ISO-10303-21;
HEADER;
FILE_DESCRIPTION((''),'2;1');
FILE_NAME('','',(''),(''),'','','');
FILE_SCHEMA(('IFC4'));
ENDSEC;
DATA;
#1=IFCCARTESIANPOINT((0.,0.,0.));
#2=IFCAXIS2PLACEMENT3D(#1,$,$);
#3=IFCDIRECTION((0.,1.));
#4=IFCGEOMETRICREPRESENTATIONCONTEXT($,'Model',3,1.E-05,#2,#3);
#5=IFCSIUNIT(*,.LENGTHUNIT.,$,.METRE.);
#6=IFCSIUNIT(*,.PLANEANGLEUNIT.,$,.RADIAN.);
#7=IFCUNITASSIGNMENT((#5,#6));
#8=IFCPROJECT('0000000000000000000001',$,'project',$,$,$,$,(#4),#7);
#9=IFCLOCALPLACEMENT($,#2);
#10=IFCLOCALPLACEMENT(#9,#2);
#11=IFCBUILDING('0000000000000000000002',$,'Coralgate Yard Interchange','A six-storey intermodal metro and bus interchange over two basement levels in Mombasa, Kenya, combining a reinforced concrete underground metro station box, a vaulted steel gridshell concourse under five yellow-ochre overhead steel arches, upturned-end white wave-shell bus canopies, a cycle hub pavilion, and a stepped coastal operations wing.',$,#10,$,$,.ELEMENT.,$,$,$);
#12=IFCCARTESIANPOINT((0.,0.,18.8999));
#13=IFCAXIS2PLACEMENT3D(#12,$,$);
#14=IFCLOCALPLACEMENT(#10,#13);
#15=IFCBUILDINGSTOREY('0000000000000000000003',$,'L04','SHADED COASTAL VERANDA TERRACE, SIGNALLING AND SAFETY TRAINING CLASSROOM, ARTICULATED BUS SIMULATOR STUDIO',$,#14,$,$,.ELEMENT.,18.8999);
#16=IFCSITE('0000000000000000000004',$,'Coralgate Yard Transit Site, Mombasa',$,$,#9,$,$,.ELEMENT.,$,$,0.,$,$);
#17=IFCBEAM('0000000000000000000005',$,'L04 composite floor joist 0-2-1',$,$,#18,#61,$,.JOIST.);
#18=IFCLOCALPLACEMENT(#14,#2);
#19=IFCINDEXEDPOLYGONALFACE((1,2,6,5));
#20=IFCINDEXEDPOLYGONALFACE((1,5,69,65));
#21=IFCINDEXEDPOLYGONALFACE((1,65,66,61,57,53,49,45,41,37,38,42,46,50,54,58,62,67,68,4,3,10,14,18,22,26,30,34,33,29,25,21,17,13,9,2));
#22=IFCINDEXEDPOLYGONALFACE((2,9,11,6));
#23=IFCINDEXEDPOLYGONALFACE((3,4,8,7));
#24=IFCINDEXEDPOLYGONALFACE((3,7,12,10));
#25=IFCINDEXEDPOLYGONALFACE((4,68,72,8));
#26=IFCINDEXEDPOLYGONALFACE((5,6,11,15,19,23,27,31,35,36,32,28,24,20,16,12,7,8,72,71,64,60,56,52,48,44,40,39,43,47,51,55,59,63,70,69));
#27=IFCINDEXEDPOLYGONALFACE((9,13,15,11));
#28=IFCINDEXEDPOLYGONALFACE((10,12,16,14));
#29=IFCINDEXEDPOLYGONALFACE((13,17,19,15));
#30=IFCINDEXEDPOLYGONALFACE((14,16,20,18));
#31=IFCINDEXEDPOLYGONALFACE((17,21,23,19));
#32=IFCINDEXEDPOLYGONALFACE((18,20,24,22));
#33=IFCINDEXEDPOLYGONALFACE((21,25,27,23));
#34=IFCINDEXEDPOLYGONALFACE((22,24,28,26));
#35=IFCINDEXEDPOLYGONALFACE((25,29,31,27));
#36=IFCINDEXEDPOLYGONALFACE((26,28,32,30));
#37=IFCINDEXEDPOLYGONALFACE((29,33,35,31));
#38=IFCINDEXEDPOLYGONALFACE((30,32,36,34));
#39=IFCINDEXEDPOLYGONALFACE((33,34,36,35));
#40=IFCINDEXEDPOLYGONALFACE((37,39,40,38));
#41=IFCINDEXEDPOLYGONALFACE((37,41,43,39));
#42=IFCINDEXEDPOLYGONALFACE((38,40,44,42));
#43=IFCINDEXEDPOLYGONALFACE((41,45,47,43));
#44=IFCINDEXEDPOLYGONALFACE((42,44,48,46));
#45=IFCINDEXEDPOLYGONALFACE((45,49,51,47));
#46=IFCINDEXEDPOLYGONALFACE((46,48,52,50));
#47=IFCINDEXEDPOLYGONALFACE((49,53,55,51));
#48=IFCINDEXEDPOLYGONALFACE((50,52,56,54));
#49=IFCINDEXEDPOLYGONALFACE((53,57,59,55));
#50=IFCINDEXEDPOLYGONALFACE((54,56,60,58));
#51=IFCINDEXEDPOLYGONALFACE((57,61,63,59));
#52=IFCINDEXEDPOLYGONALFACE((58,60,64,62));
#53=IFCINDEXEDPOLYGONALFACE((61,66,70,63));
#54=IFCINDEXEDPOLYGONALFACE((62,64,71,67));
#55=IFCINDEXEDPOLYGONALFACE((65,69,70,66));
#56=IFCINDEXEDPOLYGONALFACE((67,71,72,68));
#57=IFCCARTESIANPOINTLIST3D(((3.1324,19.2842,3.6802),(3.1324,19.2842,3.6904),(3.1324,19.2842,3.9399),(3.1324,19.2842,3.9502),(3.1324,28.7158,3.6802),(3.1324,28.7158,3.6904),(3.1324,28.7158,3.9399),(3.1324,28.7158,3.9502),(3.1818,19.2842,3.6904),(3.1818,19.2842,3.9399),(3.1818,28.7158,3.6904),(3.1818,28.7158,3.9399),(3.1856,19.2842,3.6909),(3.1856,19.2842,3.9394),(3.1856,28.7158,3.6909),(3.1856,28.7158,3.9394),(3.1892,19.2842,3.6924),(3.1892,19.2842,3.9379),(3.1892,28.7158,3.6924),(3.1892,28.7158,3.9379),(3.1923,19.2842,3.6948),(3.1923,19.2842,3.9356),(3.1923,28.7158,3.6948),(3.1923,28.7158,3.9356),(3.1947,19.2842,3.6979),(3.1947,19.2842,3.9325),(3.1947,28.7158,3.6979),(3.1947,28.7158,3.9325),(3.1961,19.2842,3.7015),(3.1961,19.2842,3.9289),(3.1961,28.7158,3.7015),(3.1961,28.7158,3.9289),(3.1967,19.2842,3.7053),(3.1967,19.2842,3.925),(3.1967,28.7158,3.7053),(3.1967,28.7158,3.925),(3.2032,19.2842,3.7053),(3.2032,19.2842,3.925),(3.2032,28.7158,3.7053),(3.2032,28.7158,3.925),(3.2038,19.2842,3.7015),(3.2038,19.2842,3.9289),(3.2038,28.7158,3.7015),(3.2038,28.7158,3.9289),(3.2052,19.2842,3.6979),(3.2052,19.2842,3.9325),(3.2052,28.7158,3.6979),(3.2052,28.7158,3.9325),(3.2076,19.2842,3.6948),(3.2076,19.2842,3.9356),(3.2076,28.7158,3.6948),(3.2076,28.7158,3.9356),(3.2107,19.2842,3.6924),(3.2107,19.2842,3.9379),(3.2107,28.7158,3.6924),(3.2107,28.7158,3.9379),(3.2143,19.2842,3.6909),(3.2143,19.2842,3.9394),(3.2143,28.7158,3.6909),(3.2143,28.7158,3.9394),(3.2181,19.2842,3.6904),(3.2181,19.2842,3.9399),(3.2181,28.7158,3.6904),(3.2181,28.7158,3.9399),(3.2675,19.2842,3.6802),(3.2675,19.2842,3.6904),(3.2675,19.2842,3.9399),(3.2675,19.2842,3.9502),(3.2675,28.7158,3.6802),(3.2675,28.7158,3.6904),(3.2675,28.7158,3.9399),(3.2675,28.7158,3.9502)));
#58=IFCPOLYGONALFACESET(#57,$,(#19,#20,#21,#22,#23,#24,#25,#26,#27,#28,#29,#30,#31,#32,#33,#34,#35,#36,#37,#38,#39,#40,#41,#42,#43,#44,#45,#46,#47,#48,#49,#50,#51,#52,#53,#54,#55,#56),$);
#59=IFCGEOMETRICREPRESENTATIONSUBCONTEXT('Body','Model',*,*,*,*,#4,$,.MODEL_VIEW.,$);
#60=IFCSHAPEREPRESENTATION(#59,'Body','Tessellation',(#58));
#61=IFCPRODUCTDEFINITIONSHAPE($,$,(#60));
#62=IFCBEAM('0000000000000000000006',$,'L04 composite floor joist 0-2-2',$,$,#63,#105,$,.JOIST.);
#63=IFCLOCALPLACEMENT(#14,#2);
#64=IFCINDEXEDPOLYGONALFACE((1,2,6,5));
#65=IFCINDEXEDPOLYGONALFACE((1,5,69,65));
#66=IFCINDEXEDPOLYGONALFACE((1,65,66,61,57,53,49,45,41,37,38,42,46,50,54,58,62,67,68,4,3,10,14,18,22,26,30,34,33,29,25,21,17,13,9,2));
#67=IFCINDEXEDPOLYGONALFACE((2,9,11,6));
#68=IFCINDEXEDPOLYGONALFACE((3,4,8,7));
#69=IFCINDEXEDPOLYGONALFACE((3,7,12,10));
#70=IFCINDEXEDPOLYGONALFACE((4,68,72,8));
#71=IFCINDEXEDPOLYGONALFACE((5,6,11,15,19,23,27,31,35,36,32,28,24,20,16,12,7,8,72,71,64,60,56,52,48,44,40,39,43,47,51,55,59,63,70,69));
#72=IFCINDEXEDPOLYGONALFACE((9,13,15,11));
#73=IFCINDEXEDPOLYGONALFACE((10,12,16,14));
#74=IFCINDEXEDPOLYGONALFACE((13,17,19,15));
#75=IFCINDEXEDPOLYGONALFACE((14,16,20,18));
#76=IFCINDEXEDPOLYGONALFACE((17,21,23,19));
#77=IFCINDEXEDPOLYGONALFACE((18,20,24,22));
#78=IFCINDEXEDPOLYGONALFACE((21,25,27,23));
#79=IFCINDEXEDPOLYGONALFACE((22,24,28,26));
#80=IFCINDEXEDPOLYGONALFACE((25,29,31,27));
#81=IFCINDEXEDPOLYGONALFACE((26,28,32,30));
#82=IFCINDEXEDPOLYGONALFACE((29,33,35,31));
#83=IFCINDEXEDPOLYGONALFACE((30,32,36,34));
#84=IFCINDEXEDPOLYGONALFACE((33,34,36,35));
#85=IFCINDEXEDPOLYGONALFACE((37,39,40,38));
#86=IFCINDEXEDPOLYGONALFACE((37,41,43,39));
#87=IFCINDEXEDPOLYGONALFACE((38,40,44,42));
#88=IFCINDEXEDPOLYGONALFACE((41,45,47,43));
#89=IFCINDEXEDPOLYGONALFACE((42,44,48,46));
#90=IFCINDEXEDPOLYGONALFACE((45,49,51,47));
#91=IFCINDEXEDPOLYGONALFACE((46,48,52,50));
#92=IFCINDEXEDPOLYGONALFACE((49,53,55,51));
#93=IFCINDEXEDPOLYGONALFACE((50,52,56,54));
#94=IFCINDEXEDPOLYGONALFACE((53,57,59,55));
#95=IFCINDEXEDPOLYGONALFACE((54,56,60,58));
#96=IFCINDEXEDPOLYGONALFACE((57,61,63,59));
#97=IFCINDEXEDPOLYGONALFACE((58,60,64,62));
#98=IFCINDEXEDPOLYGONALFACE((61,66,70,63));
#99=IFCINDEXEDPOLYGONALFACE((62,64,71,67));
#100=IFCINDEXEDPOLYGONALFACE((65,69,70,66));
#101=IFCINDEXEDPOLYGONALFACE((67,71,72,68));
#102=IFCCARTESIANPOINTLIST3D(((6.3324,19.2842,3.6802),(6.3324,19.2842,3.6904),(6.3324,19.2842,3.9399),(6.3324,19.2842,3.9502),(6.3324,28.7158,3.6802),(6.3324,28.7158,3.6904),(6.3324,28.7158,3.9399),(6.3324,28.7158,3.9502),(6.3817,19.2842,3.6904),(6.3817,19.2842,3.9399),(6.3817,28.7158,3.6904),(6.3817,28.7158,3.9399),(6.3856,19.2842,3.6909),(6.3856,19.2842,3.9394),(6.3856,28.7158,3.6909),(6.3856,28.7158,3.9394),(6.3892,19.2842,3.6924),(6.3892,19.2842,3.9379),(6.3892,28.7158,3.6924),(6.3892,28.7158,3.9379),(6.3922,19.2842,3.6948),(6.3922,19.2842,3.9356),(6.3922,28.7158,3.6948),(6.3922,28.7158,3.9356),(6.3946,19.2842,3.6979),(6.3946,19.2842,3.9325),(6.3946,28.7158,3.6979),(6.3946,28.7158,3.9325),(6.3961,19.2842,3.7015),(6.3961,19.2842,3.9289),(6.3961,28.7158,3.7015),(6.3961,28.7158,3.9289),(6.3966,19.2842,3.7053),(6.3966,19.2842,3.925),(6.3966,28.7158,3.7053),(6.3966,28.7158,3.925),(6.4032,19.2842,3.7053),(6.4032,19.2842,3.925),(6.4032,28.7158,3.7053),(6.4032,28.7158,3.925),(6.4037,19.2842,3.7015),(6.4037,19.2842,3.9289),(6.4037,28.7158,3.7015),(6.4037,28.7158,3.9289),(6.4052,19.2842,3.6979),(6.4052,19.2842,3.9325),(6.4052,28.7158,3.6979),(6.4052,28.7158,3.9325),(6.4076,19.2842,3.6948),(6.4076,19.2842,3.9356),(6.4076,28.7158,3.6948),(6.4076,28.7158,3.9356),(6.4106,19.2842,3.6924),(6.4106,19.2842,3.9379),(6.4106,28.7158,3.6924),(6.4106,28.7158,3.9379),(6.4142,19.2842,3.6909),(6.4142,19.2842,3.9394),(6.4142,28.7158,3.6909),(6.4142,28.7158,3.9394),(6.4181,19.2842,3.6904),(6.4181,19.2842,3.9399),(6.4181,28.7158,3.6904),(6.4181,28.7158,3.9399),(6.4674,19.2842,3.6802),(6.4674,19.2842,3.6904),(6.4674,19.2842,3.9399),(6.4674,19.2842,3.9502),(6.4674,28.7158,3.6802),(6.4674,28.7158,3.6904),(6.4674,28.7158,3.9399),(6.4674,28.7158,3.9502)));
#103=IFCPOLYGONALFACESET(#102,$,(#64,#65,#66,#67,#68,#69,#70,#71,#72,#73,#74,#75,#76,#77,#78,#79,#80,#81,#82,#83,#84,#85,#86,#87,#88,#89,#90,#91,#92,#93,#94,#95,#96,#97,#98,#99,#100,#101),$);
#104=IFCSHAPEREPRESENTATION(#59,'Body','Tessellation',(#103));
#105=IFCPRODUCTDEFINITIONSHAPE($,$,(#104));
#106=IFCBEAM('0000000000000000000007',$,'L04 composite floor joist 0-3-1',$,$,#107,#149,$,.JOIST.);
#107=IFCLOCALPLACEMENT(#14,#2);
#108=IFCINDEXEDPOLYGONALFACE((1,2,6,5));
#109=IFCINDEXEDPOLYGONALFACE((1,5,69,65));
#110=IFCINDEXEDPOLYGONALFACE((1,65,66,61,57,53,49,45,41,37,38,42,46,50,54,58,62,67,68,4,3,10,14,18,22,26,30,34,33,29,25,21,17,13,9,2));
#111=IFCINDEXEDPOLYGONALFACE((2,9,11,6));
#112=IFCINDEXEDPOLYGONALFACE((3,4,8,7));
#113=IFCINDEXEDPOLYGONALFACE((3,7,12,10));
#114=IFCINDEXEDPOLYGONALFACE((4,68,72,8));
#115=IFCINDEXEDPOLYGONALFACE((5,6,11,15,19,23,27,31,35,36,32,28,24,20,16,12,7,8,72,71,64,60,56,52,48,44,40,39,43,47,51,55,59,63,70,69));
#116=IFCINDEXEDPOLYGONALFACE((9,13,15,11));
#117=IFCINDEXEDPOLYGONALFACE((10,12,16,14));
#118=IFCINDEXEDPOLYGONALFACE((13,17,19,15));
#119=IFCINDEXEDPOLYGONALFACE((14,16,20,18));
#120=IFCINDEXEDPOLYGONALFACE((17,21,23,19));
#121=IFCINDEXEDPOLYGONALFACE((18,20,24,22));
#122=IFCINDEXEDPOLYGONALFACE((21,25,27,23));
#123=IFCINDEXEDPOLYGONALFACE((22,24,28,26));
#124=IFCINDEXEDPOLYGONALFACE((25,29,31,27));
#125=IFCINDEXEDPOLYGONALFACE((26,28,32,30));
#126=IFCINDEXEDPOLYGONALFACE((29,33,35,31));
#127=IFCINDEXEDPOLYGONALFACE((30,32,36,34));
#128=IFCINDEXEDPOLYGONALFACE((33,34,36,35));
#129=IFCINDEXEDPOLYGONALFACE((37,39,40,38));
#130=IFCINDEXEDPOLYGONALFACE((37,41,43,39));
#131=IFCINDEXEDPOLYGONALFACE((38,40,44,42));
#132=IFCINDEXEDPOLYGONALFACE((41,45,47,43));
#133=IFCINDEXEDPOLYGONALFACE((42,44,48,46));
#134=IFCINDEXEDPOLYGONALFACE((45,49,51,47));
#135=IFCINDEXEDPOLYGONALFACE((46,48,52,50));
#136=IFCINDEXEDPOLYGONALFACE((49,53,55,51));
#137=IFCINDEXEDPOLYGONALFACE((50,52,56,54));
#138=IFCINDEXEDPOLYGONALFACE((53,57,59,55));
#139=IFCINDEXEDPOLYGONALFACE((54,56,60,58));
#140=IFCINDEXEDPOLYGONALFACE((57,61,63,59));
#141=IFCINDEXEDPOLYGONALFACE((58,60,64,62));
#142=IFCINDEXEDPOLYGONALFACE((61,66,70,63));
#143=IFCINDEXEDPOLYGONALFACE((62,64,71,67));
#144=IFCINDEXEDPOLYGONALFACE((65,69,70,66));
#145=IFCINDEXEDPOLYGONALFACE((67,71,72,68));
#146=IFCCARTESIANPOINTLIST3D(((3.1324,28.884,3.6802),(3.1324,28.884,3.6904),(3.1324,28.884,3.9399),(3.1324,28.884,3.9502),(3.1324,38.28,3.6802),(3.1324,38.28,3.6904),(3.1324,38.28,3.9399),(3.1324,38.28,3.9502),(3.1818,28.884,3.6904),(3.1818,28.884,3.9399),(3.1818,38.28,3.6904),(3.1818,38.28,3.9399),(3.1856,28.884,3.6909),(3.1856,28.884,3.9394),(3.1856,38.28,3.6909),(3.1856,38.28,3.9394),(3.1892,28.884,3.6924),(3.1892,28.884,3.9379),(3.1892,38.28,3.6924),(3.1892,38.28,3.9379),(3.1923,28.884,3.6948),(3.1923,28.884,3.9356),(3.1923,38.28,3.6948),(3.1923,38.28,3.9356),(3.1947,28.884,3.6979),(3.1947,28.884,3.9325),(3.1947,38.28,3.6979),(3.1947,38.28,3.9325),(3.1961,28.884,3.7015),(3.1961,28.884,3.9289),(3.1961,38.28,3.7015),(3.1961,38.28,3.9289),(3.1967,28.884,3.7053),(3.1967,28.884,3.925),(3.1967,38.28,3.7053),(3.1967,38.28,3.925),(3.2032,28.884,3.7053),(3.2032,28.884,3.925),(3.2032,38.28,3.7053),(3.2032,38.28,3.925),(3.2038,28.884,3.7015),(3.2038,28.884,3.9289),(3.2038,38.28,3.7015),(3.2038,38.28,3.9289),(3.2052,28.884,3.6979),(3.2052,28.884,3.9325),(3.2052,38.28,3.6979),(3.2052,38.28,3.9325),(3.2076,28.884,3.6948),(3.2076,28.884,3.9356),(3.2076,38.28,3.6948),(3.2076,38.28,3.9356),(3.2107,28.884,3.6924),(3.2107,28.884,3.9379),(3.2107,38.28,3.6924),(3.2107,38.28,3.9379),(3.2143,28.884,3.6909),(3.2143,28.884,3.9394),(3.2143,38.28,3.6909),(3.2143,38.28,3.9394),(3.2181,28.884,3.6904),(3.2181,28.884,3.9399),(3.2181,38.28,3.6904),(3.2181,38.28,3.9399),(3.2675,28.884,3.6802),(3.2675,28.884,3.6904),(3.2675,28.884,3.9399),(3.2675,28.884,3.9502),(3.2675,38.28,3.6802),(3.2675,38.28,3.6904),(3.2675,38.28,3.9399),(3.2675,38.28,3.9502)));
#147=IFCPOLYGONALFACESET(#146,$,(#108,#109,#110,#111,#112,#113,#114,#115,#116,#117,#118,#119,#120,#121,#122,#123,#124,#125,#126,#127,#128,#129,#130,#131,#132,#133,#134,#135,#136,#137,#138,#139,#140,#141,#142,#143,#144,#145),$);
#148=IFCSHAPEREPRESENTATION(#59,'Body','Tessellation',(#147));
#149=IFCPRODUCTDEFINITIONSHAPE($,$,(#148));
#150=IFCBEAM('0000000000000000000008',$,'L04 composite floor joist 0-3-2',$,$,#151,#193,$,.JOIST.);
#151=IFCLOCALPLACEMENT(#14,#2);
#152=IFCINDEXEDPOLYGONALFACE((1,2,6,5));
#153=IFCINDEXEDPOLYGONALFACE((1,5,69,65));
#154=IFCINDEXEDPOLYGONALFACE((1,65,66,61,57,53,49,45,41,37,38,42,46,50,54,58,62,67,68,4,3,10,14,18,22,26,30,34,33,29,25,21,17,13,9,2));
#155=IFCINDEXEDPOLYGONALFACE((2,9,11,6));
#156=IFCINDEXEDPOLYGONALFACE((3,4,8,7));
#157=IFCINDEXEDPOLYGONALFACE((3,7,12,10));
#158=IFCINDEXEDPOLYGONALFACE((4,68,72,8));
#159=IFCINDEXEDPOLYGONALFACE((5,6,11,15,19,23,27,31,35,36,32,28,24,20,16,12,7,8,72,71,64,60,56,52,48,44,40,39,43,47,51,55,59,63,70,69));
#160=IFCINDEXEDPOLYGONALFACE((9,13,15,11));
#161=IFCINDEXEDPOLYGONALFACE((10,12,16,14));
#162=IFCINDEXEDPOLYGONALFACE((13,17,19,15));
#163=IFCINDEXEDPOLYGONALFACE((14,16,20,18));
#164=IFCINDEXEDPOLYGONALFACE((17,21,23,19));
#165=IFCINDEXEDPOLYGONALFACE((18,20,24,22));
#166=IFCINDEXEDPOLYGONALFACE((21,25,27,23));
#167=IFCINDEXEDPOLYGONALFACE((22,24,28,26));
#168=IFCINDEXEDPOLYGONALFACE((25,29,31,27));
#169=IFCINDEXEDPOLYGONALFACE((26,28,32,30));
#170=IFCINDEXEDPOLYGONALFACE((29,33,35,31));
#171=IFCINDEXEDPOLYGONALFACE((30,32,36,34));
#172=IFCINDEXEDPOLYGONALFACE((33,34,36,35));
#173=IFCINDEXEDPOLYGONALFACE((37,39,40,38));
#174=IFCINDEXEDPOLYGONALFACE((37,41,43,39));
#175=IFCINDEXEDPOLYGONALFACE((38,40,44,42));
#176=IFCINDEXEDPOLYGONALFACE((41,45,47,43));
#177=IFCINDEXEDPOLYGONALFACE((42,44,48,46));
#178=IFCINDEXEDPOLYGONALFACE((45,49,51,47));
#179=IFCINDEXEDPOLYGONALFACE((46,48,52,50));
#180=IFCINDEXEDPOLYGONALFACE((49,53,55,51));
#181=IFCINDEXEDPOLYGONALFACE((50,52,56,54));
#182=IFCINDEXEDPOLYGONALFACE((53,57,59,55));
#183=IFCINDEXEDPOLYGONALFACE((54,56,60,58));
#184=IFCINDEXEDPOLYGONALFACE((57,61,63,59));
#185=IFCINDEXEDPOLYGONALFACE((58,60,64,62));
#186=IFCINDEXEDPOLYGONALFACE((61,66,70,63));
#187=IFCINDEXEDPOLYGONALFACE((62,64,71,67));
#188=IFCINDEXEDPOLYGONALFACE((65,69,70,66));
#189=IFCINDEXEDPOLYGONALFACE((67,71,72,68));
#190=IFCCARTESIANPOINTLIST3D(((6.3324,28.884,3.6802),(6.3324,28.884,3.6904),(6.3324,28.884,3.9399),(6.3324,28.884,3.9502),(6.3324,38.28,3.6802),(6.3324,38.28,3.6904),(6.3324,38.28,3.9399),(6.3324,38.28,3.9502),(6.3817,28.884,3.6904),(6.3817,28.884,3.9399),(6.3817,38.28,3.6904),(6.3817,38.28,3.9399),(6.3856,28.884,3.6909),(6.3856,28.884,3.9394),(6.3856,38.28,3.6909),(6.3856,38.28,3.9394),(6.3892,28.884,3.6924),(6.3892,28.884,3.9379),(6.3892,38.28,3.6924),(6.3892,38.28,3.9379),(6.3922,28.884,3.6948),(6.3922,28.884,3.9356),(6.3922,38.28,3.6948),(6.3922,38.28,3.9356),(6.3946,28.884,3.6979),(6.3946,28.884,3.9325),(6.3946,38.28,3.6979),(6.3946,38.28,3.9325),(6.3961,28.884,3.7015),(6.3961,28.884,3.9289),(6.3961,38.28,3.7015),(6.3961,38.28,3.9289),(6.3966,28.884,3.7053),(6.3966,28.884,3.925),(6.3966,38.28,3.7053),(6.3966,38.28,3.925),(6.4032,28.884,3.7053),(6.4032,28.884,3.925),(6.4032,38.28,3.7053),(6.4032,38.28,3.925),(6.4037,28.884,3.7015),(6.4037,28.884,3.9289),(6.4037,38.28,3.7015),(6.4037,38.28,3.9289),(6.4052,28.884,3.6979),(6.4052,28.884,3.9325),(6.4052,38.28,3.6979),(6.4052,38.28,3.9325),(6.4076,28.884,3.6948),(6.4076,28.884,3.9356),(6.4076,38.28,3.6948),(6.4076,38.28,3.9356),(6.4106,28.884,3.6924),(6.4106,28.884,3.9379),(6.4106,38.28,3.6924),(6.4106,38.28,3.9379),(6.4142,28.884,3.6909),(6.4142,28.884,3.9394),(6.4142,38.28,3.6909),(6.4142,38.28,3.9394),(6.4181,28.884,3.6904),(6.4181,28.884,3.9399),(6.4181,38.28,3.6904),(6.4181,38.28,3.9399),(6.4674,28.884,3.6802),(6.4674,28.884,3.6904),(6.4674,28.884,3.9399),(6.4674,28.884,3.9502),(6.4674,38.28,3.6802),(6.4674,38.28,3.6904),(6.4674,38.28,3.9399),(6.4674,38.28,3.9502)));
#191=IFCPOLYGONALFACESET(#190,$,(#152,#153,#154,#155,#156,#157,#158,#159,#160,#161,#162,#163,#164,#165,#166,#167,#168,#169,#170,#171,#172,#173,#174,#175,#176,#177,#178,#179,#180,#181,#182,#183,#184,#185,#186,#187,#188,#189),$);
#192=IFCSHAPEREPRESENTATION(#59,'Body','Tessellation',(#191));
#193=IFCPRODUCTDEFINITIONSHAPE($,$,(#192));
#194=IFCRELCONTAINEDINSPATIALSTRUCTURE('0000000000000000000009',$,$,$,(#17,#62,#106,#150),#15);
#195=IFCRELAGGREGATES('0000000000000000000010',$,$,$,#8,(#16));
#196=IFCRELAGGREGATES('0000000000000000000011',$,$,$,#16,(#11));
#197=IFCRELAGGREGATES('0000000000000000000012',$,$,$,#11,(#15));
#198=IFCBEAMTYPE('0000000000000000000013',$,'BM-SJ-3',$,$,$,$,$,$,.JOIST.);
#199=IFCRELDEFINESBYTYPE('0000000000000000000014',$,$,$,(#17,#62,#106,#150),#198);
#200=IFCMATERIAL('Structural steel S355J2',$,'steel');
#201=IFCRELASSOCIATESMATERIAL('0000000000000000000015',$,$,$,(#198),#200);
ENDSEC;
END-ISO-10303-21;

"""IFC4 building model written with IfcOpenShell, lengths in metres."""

from ifc_helpers import new_model, si_unit, direction, frame, origin, origin_2d, place, context, subcontext, project, spatial, i_section, extrude, material, material_profile, profile_set, type_object, element, save


model = new_model("IFC4")

# Units and contexts
model_context = context("Model", 3, precision=1e-05, world=origin(), true_north=direction((0.0, 1.0)))
body_context = subcontext(model_context, "Body", "Model", "MODEL_VIEW")
ifc_project = project(units=[si_unit("LENGTHUNIT", "METRE"), si_unit("PLANEANGLEUNIT", "RADIAN")], contexts=[model_context])

# Site, building, storey
site_placement = place(None, origin())
site = spatial("IfcSite", under=ifc_project, at=site_placement, Name="Coralgate Yard Transit Site, Mombasa", CompositionType="ELEMENT", RefElevation=0.0)
building_placement = place(site_placement, origin())
building = spatial("IfcBuilding", under=site, at=building_placement, Name="Coralgate Yard Interchange", Description="A six-storey intermodal metro and bus interchange over two basement levels in Mombasa, Kenya, combining a reinforced concrete underground metro station box, a vaulted steel gridshell concourse under five yellow-ochre overhead steel arches, upturned-end white wave-shell bus canopies, a cycle hub pavilion, and a stepped coastal operations wing.", CompositionType="ELEMENT")
storey_placement = place(building_placement, frame((0.0, 0.0, 18.8999)))
storey = spatial("IfcBuildingStorey", under=building, at=storey_placement, Name="L04", Description="SHADED COASTAL VERANDA TERRACE, SIGNALLING AND SAFETY TRAINING CLASSROOM, ARTICULATED BUS SIMULATOR STUDIO", CompositionType="ELEMENT", Elevation=18.8999)

# Shared definitions
ifc_material_1 = material(Name="Structural steel S355J2", Category="steel")

# Beams
ifc_material_profile_1 = material_profile(ifc_material_1, i_section(OverallWidth=0.135, OverallDepth=0.27, WebThickness=0.0066, FlangeThickness=0.0103, FilletRadius=0.0149, at=origin_2d()), Name="IPE 270")
ifc_profile_set_1 = profile_set([ifc_material_profile_1], Name="Structural steel S355J2")
beam_type_1 = type_object("IfcBeamType", Name="BM-SJ-3", PredefinedType="JOIST", material=ifc_profile_set_1)
for number, where, z_axis, x_axis, name in (
    (1, (3.2, 19.2842, 3.8152), (0.0, 1.0, 0.0), (-1.0, 0.0, 0.0), "L04 composite floor joist 0-2-1"),
    (2, (6.3999, 19.2842, 3.8152), (0.0, 1.0, 0.0), (-1.0, 0.0, 0.0), "L04 composite floor joist 0-2-2"),
):
    element("IfcBeam", number, at=place(storey_placement, frame(where, z_axis=z_axis, x_axis=x_axis)), inside=storey, type_object=beam_type_1, Name=name, PredefinedType="JOIST", context=body_context, shape_type="SweptSolid", body=[
        extrude(i_section(OverallWidth=0.135, OverallDepth=0.27, WebThickness=0.0066, FlangeThickness=0.0103, FilletRadius=0.0149, at=origin_2d()), origin(), (0.0, 0.0, 1.0), 9.4316),
    ])
for number, where, z_axis, x_axis, name in (
    (3, (3.2, 28.884, 3.8152), (0.0, 1.0, 0.0), (-1.0, 0.0, 0.0), "L04 composite floor joist 0-3-1"),
    (4, (6.3999, 28.884, 3.8152), (0.0, 1.0, 0.0), (-1.0, 0.0, 0.0), "L04 composite floor joist 0-3-2"),
):
    element("IfcBeam", number, at=place(storey_placement, frame(where, z_axis=z_axis, x_axis=x_axis)), inside=storey, type_object=beam_type_1, Name=name, PredefinedType="JOIST", context=body_context, shape_type="SweptSolid", body=[
        extrude(i_section(OverallWidth=0.135, OverallDepth=0.27, WebThickness=0.0066, FlangeThickness=0.0103, FilletRadius=0.0149, at=origin_2d()), origin(), (0.0, 0.0, 1.0), 9.396),
    ])

save(model, "model.ifc")
